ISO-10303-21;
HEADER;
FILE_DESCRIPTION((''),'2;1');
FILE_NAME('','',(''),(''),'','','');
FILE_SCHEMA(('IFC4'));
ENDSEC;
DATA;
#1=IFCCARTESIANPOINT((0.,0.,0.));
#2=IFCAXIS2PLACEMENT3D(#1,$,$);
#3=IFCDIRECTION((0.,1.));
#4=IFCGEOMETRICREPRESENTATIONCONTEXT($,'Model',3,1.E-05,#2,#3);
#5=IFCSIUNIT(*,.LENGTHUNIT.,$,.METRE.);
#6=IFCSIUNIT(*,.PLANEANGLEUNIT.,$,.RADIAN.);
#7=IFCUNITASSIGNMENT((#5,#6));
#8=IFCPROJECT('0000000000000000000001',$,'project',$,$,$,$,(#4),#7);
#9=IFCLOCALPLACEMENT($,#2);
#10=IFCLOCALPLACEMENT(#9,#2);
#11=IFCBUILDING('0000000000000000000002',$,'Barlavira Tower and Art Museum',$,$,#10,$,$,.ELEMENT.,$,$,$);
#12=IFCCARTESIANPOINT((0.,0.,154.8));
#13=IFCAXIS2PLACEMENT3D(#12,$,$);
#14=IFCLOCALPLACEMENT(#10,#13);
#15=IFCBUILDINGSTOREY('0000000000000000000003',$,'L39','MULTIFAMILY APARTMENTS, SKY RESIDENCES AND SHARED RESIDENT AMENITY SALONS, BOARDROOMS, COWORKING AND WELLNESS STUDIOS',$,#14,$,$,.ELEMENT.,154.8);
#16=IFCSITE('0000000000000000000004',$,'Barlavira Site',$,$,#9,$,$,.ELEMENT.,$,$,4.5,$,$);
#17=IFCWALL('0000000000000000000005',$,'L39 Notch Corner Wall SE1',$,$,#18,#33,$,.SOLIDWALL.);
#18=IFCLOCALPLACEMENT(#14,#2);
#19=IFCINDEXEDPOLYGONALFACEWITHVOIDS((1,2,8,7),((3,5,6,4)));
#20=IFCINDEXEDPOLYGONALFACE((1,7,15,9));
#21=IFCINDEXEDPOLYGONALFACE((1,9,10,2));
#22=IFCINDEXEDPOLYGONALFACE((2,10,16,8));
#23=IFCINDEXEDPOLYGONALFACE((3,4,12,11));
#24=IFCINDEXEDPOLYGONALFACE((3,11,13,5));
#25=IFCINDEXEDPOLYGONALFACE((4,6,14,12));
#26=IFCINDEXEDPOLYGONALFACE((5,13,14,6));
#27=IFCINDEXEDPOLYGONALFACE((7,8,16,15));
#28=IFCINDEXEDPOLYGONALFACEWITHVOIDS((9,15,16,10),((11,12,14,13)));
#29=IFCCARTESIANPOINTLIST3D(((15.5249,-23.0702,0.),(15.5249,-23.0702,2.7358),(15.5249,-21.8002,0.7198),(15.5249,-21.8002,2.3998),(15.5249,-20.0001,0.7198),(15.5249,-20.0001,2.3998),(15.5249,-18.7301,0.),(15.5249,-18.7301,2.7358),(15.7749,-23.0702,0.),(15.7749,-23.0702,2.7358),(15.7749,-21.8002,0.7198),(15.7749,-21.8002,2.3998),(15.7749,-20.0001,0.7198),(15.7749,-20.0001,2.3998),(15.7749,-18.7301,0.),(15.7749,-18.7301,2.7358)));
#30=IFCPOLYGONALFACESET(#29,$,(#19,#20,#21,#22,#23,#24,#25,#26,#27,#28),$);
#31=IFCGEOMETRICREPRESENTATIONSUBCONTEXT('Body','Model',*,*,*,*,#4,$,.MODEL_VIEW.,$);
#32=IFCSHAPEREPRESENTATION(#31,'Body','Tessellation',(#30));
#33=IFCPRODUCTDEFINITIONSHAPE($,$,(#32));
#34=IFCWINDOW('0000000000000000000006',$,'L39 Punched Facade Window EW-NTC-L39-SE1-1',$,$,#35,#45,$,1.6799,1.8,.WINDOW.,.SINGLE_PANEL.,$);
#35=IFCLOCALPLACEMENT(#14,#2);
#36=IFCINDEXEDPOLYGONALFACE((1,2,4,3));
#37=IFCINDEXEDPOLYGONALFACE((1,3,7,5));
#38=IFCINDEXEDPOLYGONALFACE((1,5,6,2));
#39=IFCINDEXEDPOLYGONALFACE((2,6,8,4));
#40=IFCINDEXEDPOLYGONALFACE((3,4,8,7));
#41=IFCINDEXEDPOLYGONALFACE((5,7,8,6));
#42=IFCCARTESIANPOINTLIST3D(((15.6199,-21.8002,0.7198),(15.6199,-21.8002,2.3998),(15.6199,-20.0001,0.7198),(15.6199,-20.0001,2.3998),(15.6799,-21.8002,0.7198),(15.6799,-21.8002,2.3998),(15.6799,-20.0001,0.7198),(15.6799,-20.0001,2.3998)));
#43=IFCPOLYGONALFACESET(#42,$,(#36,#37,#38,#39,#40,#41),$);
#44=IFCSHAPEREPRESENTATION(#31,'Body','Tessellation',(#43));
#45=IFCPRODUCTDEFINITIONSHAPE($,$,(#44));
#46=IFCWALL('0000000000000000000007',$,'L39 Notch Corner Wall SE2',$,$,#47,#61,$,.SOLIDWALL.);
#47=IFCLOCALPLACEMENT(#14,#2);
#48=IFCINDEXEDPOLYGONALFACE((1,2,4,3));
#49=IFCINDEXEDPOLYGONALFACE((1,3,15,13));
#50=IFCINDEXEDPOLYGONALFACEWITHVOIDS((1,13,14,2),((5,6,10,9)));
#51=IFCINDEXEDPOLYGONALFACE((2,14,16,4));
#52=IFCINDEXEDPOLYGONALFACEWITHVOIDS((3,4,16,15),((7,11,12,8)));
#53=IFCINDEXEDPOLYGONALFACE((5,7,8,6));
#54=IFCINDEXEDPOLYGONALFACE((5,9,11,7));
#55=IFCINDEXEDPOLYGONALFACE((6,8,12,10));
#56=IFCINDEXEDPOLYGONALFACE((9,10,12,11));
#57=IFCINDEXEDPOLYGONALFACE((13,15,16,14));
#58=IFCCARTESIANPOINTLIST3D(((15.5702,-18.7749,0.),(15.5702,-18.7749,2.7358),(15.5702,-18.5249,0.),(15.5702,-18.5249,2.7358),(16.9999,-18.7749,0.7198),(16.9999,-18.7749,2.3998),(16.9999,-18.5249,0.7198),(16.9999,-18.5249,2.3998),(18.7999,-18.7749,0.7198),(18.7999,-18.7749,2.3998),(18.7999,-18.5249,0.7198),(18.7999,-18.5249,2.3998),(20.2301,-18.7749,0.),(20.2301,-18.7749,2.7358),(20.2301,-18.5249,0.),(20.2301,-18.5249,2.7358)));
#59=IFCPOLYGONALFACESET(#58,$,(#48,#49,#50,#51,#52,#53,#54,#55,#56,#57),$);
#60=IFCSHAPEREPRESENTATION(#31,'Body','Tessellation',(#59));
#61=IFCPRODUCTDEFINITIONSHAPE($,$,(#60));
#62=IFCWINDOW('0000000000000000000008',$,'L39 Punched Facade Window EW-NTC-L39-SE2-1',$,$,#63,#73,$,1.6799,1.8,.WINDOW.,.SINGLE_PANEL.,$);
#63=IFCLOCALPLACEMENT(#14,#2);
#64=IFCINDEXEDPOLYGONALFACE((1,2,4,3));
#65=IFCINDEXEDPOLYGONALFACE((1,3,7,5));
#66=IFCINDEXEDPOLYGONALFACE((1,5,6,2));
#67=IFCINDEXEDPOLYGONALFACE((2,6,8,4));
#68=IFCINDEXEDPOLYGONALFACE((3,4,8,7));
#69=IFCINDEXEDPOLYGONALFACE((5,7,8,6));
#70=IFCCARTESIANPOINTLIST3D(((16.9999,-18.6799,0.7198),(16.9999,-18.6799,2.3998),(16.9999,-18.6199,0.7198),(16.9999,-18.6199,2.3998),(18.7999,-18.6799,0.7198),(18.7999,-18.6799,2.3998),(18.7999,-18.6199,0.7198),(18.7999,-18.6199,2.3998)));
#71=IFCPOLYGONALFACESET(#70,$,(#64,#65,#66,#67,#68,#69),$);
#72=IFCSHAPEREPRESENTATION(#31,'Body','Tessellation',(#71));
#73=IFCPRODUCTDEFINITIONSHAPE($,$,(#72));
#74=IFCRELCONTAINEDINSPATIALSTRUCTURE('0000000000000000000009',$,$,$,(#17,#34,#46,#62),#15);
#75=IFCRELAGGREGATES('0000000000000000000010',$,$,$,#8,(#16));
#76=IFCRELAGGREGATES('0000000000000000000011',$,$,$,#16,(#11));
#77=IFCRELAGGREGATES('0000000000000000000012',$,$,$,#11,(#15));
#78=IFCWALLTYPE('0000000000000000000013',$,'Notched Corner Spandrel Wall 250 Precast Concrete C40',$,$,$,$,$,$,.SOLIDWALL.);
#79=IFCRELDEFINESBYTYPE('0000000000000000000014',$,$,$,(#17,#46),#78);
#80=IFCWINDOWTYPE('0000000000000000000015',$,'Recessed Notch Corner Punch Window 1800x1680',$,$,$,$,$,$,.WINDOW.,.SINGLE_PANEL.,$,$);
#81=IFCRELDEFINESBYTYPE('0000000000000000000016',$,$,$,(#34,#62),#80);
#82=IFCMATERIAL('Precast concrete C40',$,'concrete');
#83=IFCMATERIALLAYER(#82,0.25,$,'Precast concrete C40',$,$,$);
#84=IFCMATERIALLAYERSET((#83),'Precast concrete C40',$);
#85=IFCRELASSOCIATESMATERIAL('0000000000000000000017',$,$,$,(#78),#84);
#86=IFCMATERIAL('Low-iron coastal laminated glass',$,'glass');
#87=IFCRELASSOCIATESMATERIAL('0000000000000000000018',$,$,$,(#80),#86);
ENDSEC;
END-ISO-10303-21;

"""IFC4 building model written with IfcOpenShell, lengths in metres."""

from ifc_helpers import new_model, si_unit, direction, frame, frame_2d, origin, place, context, subcontext, project, spatial, rectangle, extrude, material, layer, layer_set, type_object, element, fill, save


model = new_model("IFC4")

# Units and contexts
model_context = context("Model", 3, precision=1e-05, world=origin(), true_north=direction((0.0, 1.0)))
body_context = subcontext(model_context, "Body", "Model", "MODEL_VIEW")
ifc_project = project(units=[si_unit("LENGTHUNIT", "METRE"), si_unit("PLANEANGLEUNIT", "RADIAN")], contexts=[model_context])

# Site, building, storey
site_placement = place(None, origin())
site = spatial("IfcSite", under=ifc_project, at=site_placement, Name="Barlavira Site", CompositionType="ELEMENT", RefElevation=4.5)
building_placement = place(site_placement, origin())
building = spatial("IfcBuilding", under=site, at=building_placement, Name="Barlavira Tower and Art Museum", CompositionType="ELEMENT")
storey_placement = place(building_placement, frame((0.0, 0.0, 154.8)))
storey = spatial("IfcBuildingStorey", under=building, at=storey_placement, Name="L39", Description="MULTIFAMILY APARTMENTS, SKY RESIDENCES AND SHARED RESIDENT AMENITY SALONS, BOARDROOMS, COWORKING AND WELLNESS STUDIOS", CompositionType="ELEMENT", Elevation=154.8)

# Walls, openings, windows
ifc_material_1 = material(Name="Precast concrete C40", Category="concrete")
ifc_layer_1 = layer(ifc_material_1, 0.25, Name="Precast concrete C40")
ifc_layer_set_1 = layer_set([ifc_layer_1], Name="Precast concrete C40")
wall_type_1 = type_object("IfcWallType", Name="Notched Corner Spandrel Wall 250 Precast Concrete C40", PredefinedType="SOLIDWALL", material=ifc_layer_set_1)
ifc_material_2 = material(Name="Low-iron coastal laminated glass", Category="glass")
window_type = type_object("IfcWindowType", Name="Recessed Notch Corner Punch Window 1800x1680", PartitioningType="SINGLE_PANEL", PredefinedType="WINDOW", material=ifc_material_2)
wall_1_placement = place(storey_placement, frame((15.6499, -23.0701, 0.0), z_axis=(0.0, 0.0, 1.0), x_axis=(0.0, 1.0, 0.0)))
wall_1 = element("IfcWall", 1, at=wall_1_placement, inside=storey, type_object=wall_type_1, Name="L39 Notch Corner Wall SE1", PredefinedType="SOLIDWALL", context=body_context, shape_type="SweptSolid", body=[
    extrude(rectangle(XDim=4.3401, YDim=0.25, at=frame_2d((2.1699, 0.0))), origin(), (0.0, 0.0, 1.0), 2.7358),
])
opening_1_placement = place(wall_1_placement, frame((1.27, 0.0, 0.72)))
opening_1 = element("IfcOpeningElement", 2, at=opening_1_placement, cuts=wall_1, PredefinedType="OPENING", context=body_context, shape_type="SweptSolid", body=[
    extrude(rectangle(XDim=1.8, YDim=1.6799, at=frame_2d((0.8999, 0.8398))), frame((0.0, 0.135, 0.0), z_axis=(0.0, -1.0, 0.0), x_axis=(1.0, 0.0, 0.0)), (0.0, 0.0, 1.0), 0.27),
])
window_1_placement = place(opening_1_placement, origin())
window_1 = element("IfcWindow", 3, at=window_1_placement, inside=storey, type_object=window_type, Name="L39 Punched Facade Window EW-NTC-L39-SE1-1", OverallHeight=1.6799, OverallWidth=1.8, PartitioningType="SINGLE_PANEL", PredefinedType="WINDOW", context=body_context, shape_type="SweptSolid", body=[
    extrude(rectangle(XDim=1.8, YDim=1.6799, at=frame_2d((0.8999, 0.8398))), frame((0.0, 0.03, 0.0), z_axis=(0.0, -1.0, 0.0), x_axis=(1.0, 0.0, 0.0)), (0.0, 0.0, 1.0), 0.0601),
])
fill(opening_1, window_1)
wall_2_placement = place(storey_placement, frame((15.5701, -18.6499, 0.0), z_axis=(0.0, 0.0, 1.0), x_axis=(1.0, 0.0, 0.0)))
wall_2 = element("IfcWall", 4, at=wall_2_placement, inside=storey, type_object=wall_type_1, Name="L39 Notch Corner Wall SE2", PredefinedType="SOLIDWALL", context=body_context, shape_type="SweptSolid", body=[
    extrude(rectangle(XDim=4.6599, YDim=0.25, at=frame_2d((2.3301, 0.0))), origin(), (0.0, 0.0, 1.0), 2.7358),
])
opening_2_placement = place(wall_2_placement, frame((1.4299, 0.0, 0.72)))
opening_2 = element("IfcOpeningElement", 5, at=opening_2_placement, cuts=wall_2, PredefinedType="OPENING", context=body_context, shape_type="SweptSolid", body=[
    extrude(rectangle(XDim=1.8, YDim=1.6799, at=frame_2d((0.8999, 0.8398))), frame((0.0, 0.135, 0.0), z_axis=(0.0, -1.0, 0.0), x_axis=(1.0, 0.0, 0.0)), (0.0, 0.0, 1.0), 0.27),
])
window_2_placement = place(opening_2_placement, origin())
window_2 = element("IfcWindow", 6, at=window_2_placement, inside=storey, type_object=window_type, Name="L39 Punched Facade Window EW-NTC-L39-SE2-1", OverallHeight=1.6799, OverallWidth=1.8, PartitioningType="SINGLE_PANEL", PredefinedType="WINDOW", context=body_context, shape_type="SweptSolid", body=[
    extrude(rectangle(XDim=1.8, YDim=1.6799, at=frame_2d((0.8999, 0.8398))), frame((0.0, 0.03, 0.0), z_axis=(0.0, -1.0, 0.0), x_axis=(1.0, 0.0, 0.0)), (0.0, 0.0, 1.0), 0.0601),
])
fill(opening_2, window_2)

save(model, "model.ifc")
